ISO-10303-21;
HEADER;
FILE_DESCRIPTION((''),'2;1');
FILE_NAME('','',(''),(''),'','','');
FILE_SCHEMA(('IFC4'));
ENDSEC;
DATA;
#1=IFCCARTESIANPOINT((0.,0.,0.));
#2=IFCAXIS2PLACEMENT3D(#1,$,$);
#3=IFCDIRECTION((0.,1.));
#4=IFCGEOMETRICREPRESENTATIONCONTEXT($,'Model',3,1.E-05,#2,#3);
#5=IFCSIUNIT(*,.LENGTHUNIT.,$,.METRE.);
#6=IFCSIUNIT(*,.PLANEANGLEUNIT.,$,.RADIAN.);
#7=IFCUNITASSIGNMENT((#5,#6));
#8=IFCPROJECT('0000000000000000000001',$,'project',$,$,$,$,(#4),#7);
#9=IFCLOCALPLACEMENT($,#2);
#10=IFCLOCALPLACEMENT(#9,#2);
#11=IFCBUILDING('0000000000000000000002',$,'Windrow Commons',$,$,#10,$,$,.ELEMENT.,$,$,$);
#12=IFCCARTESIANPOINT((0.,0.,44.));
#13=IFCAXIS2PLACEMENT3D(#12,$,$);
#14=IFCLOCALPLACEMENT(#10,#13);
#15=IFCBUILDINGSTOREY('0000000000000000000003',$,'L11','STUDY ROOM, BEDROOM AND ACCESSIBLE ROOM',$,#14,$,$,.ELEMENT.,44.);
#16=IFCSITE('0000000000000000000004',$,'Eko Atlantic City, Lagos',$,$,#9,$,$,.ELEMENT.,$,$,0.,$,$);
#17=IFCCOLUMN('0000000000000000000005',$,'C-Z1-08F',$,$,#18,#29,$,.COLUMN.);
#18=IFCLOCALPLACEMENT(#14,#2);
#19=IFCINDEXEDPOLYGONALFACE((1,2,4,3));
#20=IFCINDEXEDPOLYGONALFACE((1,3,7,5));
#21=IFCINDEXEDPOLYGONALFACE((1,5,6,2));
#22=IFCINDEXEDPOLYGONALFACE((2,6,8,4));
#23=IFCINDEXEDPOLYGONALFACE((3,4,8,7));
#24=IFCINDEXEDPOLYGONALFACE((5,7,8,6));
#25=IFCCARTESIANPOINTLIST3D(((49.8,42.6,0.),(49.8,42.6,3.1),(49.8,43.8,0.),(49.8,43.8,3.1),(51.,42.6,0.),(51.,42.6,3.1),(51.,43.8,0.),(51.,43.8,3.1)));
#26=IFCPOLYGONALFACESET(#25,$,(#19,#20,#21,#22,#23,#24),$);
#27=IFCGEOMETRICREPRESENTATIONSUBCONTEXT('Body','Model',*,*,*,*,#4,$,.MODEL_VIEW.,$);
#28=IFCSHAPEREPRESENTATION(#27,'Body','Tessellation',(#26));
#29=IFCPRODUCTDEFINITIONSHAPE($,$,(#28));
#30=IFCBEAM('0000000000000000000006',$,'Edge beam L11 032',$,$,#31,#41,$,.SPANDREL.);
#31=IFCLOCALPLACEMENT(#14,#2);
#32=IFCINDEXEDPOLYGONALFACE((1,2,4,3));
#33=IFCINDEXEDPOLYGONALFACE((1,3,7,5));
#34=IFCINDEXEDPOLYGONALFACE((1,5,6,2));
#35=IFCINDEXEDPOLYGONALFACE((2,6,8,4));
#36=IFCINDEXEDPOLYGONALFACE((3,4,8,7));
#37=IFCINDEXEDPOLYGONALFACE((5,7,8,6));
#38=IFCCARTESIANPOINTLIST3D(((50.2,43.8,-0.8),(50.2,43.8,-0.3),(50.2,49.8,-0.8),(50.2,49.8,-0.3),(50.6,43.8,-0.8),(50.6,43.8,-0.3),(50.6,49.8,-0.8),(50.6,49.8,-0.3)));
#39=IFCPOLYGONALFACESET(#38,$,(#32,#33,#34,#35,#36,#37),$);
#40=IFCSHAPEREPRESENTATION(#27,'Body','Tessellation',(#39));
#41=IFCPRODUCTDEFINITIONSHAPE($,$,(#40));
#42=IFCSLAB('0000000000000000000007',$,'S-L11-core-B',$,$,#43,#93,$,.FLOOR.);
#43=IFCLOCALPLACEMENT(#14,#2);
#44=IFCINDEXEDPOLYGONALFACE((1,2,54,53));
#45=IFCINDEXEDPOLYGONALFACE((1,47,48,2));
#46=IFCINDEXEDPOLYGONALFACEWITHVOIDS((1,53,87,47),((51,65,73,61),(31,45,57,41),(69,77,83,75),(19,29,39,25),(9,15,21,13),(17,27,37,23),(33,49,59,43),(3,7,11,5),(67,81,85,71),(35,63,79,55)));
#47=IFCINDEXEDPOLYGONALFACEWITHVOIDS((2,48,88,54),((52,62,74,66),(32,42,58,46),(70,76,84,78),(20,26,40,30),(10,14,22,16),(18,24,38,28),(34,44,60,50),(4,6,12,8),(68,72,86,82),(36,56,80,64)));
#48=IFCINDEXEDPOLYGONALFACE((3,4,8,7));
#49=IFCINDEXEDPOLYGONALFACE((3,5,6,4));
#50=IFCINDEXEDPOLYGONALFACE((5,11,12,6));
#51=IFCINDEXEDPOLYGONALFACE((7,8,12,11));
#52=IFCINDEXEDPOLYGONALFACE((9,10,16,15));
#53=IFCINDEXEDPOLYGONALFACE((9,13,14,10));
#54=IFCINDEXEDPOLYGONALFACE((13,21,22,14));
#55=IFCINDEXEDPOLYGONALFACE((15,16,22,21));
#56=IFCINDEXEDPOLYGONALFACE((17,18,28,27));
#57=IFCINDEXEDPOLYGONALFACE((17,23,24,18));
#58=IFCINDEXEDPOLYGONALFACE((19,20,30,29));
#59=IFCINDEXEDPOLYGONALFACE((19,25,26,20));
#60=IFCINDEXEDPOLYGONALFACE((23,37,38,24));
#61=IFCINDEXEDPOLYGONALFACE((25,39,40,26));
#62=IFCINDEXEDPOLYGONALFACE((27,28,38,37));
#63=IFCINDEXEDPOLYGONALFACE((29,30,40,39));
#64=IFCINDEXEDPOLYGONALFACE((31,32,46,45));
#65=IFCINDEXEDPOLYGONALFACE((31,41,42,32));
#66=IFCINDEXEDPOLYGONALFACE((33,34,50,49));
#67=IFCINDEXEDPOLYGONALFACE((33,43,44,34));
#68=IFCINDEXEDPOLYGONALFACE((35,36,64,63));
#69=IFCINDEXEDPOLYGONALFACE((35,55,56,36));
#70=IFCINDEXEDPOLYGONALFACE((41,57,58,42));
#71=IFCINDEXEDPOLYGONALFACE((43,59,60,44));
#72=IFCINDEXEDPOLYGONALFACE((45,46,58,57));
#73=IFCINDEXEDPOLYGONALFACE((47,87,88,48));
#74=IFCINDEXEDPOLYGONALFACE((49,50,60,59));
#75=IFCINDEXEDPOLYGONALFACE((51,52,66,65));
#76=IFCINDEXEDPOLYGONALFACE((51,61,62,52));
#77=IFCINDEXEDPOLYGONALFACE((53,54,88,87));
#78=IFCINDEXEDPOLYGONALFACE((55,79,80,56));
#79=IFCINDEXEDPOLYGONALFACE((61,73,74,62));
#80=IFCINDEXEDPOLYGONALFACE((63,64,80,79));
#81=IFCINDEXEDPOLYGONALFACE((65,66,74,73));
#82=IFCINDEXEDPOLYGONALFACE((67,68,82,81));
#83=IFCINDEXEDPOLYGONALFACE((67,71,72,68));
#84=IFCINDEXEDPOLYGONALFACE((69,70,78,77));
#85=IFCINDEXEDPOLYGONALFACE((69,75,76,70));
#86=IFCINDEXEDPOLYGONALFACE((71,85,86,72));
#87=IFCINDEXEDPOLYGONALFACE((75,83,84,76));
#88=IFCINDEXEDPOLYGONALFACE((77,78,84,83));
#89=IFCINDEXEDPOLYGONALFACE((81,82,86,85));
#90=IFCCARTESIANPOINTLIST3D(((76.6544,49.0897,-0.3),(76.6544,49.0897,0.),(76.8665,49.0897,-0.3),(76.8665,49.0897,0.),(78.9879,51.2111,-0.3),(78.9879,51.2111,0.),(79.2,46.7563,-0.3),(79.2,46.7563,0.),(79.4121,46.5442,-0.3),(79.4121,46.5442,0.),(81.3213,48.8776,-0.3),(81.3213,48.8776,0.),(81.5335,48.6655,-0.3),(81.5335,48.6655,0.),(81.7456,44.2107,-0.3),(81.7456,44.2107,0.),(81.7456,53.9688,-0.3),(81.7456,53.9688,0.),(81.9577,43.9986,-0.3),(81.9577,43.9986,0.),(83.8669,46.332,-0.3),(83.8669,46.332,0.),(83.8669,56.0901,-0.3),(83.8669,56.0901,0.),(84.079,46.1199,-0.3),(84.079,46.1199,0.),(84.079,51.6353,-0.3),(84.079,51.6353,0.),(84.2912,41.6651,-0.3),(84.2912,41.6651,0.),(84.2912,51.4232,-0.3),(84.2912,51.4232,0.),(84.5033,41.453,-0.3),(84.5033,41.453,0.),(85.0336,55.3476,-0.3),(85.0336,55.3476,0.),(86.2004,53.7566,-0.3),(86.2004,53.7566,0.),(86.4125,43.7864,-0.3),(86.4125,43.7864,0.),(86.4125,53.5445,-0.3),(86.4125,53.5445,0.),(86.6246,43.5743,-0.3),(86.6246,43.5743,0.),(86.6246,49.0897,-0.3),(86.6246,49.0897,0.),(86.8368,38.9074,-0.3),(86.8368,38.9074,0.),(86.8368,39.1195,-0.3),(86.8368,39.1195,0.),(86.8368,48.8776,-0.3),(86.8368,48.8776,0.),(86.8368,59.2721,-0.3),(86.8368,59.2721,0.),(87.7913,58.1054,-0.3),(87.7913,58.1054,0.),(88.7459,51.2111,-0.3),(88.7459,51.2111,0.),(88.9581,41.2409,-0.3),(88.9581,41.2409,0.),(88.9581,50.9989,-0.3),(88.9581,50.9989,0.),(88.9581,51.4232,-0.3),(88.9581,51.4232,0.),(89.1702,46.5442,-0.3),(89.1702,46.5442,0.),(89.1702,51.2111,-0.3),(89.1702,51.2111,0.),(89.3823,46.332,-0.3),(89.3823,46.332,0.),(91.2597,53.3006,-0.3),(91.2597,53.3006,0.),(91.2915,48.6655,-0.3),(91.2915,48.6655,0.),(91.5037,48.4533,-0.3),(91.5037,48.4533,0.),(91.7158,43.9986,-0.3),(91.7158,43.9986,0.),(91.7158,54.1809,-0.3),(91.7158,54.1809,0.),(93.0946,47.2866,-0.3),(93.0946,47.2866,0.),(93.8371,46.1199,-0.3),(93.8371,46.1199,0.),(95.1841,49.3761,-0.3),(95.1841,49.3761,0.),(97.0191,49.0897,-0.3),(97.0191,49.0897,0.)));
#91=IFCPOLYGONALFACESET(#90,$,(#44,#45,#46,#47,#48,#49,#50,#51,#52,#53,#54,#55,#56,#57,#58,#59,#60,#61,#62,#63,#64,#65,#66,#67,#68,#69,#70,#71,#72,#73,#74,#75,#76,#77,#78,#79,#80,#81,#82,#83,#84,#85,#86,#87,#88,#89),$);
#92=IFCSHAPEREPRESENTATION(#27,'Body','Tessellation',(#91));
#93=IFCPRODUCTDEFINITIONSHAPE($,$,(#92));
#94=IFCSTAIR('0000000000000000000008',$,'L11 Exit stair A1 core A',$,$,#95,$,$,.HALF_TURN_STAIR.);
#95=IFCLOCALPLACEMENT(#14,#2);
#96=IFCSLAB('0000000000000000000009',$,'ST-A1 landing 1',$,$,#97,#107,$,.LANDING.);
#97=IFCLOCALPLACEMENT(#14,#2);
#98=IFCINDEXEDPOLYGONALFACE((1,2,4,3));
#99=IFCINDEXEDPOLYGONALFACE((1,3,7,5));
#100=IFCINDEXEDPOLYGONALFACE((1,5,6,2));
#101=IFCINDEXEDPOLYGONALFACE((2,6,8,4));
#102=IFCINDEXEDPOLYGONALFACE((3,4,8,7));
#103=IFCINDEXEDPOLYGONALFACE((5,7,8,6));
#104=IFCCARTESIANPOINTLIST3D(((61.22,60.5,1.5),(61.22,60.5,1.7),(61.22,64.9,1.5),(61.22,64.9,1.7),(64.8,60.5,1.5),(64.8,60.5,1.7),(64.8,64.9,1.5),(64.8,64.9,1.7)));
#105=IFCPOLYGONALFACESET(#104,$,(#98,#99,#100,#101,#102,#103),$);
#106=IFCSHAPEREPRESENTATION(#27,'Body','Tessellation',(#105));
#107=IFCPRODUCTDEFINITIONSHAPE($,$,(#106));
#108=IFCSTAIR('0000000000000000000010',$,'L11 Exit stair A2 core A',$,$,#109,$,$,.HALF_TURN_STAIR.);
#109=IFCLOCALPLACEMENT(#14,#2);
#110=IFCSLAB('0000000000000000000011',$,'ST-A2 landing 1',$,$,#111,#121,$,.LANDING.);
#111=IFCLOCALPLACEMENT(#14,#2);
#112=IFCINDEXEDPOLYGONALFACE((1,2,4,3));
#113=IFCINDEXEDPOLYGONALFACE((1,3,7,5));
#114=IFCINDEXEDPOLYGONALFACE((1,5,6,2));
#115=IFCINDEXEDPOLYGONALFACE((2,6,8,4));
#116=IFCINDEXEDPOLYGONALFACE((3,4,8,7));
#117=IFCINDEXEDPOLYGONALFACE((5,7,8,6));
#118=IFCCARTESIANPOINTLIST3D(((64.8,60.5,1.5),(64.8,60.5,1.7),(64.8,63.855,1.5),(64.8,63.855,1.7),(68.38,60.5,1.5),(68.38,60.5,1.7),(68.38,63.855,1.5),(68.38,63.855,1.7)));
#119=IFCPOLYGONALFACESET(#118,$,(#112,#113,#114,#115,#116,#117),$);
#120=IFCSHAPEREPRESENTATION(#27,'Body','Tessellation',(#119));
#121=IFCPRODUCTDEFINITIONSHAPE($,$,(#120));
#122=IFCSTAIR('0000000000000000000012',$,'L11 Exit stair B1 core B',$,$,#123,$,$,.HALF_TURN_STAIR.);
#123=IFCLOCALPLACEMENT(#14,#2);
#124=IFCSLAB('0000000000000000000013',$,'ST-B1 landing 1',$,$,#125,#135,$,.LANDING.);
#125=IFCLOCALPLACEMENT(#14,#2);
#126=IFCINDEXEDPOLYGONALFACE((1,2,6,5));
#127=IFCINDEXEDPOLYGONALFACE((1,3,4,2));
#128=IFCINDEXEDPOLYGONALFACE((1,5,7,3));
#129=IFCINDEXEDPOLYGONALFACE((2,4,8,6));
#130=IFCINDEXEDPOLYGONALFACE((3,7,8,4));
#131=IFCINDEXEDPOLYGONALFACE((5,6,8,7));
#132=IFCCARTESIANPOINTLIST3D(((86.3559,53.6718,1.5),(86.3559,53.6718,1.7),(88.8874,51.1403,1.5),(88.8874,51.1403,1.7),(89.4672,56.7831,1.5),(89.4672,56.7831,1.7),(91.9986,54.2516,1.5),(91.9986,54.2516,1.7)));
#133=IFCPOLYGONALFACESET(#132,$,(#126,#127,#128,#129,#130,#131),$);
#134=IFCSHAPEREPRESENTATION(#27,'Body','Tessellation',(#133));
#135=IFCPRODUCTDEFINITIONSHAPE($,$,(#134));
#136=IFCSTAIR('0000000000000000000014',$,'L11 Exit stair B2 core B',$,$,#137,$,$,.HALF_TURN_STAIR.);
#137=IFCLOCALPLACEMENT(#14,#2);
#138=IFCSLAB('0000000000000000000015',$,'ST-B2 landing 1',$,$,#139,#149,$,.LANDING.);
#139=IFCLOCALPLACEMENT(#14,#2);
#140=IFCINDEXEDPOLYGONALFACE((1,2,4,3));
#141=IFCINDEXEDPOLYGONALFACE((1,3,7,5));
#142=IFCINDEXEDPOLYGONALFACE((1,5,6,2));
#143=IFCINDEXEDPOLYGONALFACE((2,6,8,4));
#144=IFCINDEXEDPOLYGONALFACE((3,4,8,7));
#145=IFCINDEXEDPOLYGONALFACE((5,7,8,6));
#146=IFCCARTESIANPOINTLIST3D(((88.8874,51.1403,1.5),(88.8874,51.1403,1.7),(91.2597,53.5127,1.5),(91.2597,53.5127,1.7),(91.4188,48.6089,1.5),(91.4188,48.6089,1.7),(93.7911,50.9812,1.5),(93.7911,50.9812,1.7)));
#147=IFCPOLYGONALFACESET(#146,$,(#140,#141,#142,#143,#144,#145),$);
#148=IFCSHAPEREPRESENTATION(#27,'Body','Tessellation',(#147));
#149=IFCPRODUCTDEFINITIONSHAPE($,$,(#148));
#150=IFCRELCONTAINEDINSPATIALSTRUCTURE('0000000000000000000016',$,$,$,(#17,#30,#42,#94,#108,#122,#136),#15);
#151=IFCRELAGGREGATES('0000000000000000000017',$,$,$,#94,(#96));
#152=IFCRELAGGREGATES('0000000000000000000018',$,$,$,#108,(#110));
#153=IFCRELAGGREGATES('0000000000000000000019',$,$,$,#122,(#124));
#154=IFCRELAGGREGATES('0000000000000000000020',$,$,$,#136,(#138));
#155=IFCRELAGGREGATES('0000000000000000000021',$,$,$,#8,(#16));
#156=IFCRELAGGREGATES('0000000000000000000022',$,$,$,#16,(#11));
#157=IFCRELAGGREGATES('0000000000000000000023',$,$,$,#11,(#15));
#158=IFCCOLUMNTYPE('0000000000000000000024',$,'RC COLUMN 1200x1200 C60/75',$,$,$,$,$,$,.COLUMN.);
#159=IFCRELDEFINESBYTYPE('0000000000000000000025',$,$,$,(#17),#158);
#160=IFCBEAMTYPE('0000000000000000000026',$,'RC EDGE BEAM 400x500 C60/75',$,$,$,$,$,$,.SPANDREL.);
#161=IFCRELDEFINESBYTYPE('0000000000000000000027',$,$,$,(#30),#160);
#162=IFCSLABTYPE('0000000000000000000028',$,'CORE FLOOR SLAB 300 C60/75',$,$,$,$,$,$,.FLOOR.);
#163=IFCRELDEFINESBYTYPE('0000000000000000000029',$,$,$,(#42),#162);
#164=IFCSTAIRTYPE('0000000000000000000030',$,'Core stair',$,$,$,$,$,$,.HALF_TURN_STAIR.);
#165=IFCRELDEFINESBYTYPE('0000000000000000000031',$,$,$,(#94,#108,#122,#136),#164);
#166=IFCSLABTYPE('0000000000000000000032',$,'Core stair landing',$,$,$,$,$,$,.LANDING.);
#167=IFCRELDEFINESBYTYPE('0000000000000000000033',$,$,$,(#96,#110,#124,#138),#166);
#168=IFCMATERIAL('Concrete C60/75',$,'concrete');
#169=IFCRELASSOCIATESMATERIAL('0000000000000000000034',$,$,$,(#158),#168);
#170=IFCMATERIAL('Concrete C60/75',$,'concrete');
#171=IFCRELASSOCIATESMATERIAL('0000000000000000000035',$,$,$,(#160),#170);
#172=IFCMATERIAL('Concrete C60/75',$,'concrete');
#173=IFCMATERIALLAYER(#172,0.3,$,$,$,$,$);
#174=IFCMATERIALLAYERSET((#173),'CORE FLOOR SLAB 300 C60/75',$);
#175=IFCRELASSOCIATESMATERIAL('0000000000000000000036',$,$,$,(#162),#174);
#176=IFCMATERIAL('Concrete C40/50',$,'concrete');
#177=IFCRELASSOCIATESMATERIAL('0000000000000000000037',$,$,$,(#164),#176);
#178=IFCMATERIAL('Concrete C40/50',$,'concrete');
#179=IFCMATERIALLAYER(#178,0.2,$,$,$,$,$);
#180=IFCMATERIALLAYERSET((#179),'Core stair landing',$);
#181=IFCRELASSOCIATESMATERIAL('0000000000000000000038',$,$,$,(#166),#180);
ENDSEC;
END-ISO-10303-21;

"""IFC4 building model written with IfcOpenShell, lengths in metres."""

from ifc_helpers import new_model, si_unit, direction, frame, origin, origin_2d, place, context, subcontext, project, spatial, polyline, rectangle, outline, extrude, material, layer, layer_set, material_profile, profile_set, type_object, element, aggregate, save


model = new_model("IFC4")

# Units and contexts
model_context = context("Model", 3, precision=1e-05, world=origin(), true_north=direction((0.0, 1.0)))
body_context = subcontext(model_context, "Body", "Model", "MODEL_VIEW")
ifc_project = project(units=[si_unit("LENGTHUNIT", "METRE"), si_unit("PLANEANGLEUNIT", "RADIAN")], contexts=[model_context])

# Site, building, storey
site_placement = place(None, origin())
site = spatial("IfcSite", under=ifc_project, at=site_placement, Name="Eko Atlantic City, Lagos", CompositionType="ELEMENT", RefElevation=0.0)
building_placement = place(site_placement, origin())
building = spatial("IfcBuilding", under=site, at=building_placement, Name="Windrow Commons", CompositionType="ELEMENT")
storey_placement = place(building_placement, frame((0.0, 0.0, 44.0)))
storey = spatial("IfcBuildingStorey", under=building, at=storey_placement, Name="L11", Description="STUDY ROOM, BEDROOM AND ACCESSIBLE ROOM", CompositionType="ELEMENT", Elevation=44.0)

# Column
ifc_material_1 = material(Name="Concrete C60/75", Category="concrete")
ifc_material_profile_1 = material_profile(ifc_material_1, rectangle(XDim=1.2, YDim=1.2, at=origin_2d()))
ifc_profile_set_1 = profile_set([ifc_material_profile_1], Name="Concrete C60/75")
column_type = type_object("IfcColumnType", Name="RC COLUMN 1200x1200 C60/75", PredefinedType="COLUMN", material=ifc_profile_set_1)
column_placement = place(storey_placement, frame((50.4, 43.2, 0.0), z_axis=(0.0, 0.0, 1.0), x_axis=(1.0, 0.0, 0.0)))
element("IfcColumn", 1, at=column_placement, inside=storey, type_object=column_type, Name="C-Z1-08F", PredefinedType="COLUMN", context=body_context, shape_type="SweptSolid", body=[
    extrude(rectangle(XDim=1.2, YDim=1.2, at=origin_2d()), origin(), (0.0, 0.0, 1.0), 3.1),
])

# Beam
ifc_material_2 = material(Name="Concrete C60/75", Category="concrete")
ifc_material_profile_2 = material_profile(ifc_material_2, rectangle(XDim=0.4, YDim=0.5, at=origin_2d()))
ifc_profile_set_2 = profile_set([ifc_material_profile_2], Name="Concrete C60/75")
beam_type = type_object("IfcBeamType", Name="RC EDGE BEAM 400x500 C60/75", PredefinedType="SPANDREL", material=ifc_profile_set_2)
beam_placement = place(storey_placement, frame((50.4, 43.8, -0.55), z_axis=(0.0, 1.0, 0.0), x_axis=(-1.0, 0.0, 0.0)))
element("IfcBeam", 2, at=beam_placement, inside=storey, type_object=beam_type, Name="Edge beam L11 032", PredefinedType="SPANDREL", context=body_context, shape_type="SweptSolid", body=[
    extrude(rectangle(XDim=0.4, YDim=0.5, at=origin_2d()), origin(), (0.0, 0.0, 1.0), 6.0),
])

# Slab, openings
ifc_material_3 = material(Name="Concrete C60/75", Category="concrete")
ifc_layer_1 = layer(ifc_material_3, 0.3)
ifc_layer_set_1 = layer_set([ifc_layer_1], Name="CORE FLOOR SLAB 300 C60/75")
slab_type_1 = type_object("IfcSlabType", Name="CORE FLOOR SLAB 300 C60/75", PredefinedType="FLOOR", material=ifc_layer_set_1)
placement_1 = place(storey_placement, frame((0.0, 0.0, -0.3)))
slab_1 = element("IfcSlab", 3, at=placement_1, inside=storey, type_object=slab_type_1, Name="S-L11-core-B", PredefinedType="FLOOR", context=body_context, shape_type="SweptSolid", body=[
    extrude(outline(polyline([(76.6544, 49.0897), (86.8368, 38.9074), (97.0191, 49.0897), (86.8368, 59.2721), (76.6544, 49.0897)]), holes=[polyline([(76.8665, 49.0897), (79.2, 46.7563), (81.3213, 48.8776), (78.9879, 51.2111), (76.8665, 49.0897)]), polyline([(79.4121, 46.5442), (81.7456, 44.2107), (83.8669, 46.332), (81.5335, 48.6655), (79.4121, 46.5442)]), polyline([(81.9577, 43.9986), (84.2912, 41.6651), (86.4125, 43.7864), (84.079, 46.1199), (81.9577, 43.9986)]), polyline([(84.5033, 41.453), (86.8368, 39.1195), (88.9581, 41.2409), (86.6246, 43.5743), (84.5033, 41.453)]), polyline([(81.7456, 53.9688), (84.079, 51.6353), (86.2004, 53.7566), (83.8669, 56.0901), (81.7456, 53.9688)]), polyline([(84.2912, 51.4232), (86.6246, 49.0897), (88.7459, 51.2111), (86.4125, 53.5445), (84.2912, 51.4232)]), polyline([(86.8368, 48.8776), (89.1702, 46.5442), (91.2915, 48.6655), (88.9581, 50.9989), (86.8368, 48.8776)]), polyline([(89.3823, 46.332), (91.7158, 43.9986), (93.8371, 46.1199), (91.5037, 48.4533), (89.3823, 46.332)]), polyline([(85.0336, 55.3476), (88.9581, 51.4232), (91.7158, 54.1809), (87.7913, 58.1054), (85.0336, 55.3476)]), polyline([(89.1702, 51.2111), (93.0946, 47.2866), (95.1841, 49.3761), (91.2597, 53.3006), (89.1702, 51.2111)])]), origin(), (0.0, 0.0, 1.0), 0.3),
])
opening_1_placement = place(placement_1, origin())
element("IfcOpeningElement", 4, at=opening_1_placement, cuts=slab_1, PredefinedType="OPENING", context=body_context, shape_type="SweptSolid", body=[
    extrude(outline(polyline([(76.8736, 49.0897), (78.9879, 51.204), (81.3142, 48.8776), (79.2, 46.7634), (76.8736, 49.0897)])), origin(), (0.0, 0.0, 1.0), 0.3),
])
opening_2_placement = place(placement_1, origin())
element("IfcOpeningElement", 5, at=opening_2_placement, cuts=slab_1, PredefinedType="OPENING", context=body_context, shape_type="SweptSolid", body=[
    extrude(outline(polyline([(79.4192, 46.5442), (81.5335, 48.6584), (83.8598, 46.332), (81.7456, 44.2178), (79.4192, 46.5442)])), origin(), (0.0, 0.0, 1.0), 0.3),
])
opening_3_placement = place(placement_1, origin())
element("IfcOpeningElement", 6, at=opening_3_placement, cuts=slab_1, PredefinedType="OPENING", context=body_context, shape_type="SweptSolid", body=[
    extrude(outline(polyline([(81.9648, 43.9986), (84.079, 46.1128), (86.4054, 43.7864), (84.2912, 41.6722), (81.9648, 43.9986)])), origin(), (0.0, 0.0, 1.0), 0.3),
])
opening_4_placement = place(placement_1, origin())
element("IfcOpeningElement", 7, at=opening_4_placement, cuts=slab_1, PredefinedType="OPENING", context=body_context, shape_type="SweptSolid", body=[
    extrude(outline(polyline([(84.5104, 41.453), (86.6246, 43.5672), (88.951, 41.2409), (86.8368, 39.1266), (84.5104, 41.453)])), origin(), (0.0, 0.0, 1.0), 0.3),
])
opening_5_placement = place(placement_1, origin())
element("IfcOpeningElement", 8, at=opening_5_placement, cuts=slab_1, PredefinedType="OPENING", context=body_context, shape_type="SweptSolid", body=[
    extrude(outline(polyline([(81.7527, 53.9688), (83.8669, 56.083), (86.1933, 53.7566), (84.079, 51.6424), (81.7527, 53.9688)])), origin(), (0.0, 0.0, 1.0), 0.3),
])
opening_6_placement = place(placement_1, origin())
element("IfcOpeningElement", 9, at=opening_6_placement, cuts=slab_1, PredefinedType="OPENING", context=body_context, shape_type="SweptSolid", body=[
    extrude(outline(polyline([(84.2983, 51.4232), (86.4125, 53.5374), (88.7388, 51.2111), (86.6246, 49.0968), (84.2983, 51.4232)])), origin(), (0.0, 0.0, 1.0), 0.3),
])
opening_7_placement = place(placement_1, origin())
element("IfcOpeningElement", 10, at=opening_7_placement, cuts=slab_1, PredefinedType="OPENING", context=body_context, shape_type="SweptSolid", body=[
    extrude(outline(polyline([(86.8439, 48.8776), (88.9581, 50.9918), (91.2844, 48.6655), (89.1702, 46.5513), (86.8439, 48.8776)])), origin(), (0.0, 0.0, 1.0), 0.3),
])
opening_8_placement = place(placement_1, origin())
element("IfcOpeningElement", 11, at=opening_8_placement, cuts=slab_1, PredefinedType="OPENING", context=body_context, shape_type="SweptSolid", body=[
    extrude(outline(polyline([(89.3894, 46.332), (91.5037, 48.4462), (93.83, 46.1199), (91.7158, 44.0057), (89.3894, 46.332)])), origin(), (0.0, 0.0, 1.0), 0.3),
])
opening_9_placement = place(placement_1, origin())
element("IfcOpeningElement", 12, at=opening_9_placement, cuts=slab_1, PredefinedType="OPENING", context=body_context, shape_type="SweptSolid", body=[
    extrude(outline(polyline([(85.0407, 55.3476), (87.7913, 58.0983), (91.7087, 54.1809), (88.9581, 51.4303), (85.0407, 55.3476)])), origin(), (0.0, 0.0, 1.0), 0.3),
])
opening_10_placement = place(placement_1, origin())
element("IfcOpeningElement", 13, at=opening_10_placement, cuts=slab_1, PredefinedType="OPENING", context=body_context, shape_type="SweptSolid", body=[
    extrude(outline(polyline([(89.1773, 51.2111), (91.2597, 53.2935), (95.177, 49.3761), (93.0946, 47.2937), (89.1773, 51.2111)])), origin(), (0.0, 0.0, 1.0), 0.3),
])

# Stairs, slabs
ifc_material_4 = material(Name="Concrete C40/50", Category="concrete")
stair_type = type_object("IfcStairType", Name="Core stair", PredefinedType="HALF_TURN_STAIR", material=ifc_material_4)
placement_2 = place(storey_placement, origin())
stair_1 = element("IfcStair", 14, at=placement_2, inside=storey, type_object=stair_type, Name="L11 Exit stair A1 core A", PredefinedType="HALF_TURN_STAIR")
ifc_material_5 = material(Name="Concrete C40/50", Category="concrete")
ifc_layer_2 = layer(ifc_material_5, 0.2)
ifc_layer_set_2 = layer_set([ifc_layer_2], Name="Core stair landing")
slab_type_2 = type_object("IfcSlabType", Name="Core stair landing", PredefinedType="LANDING", material=ifc_layer_set_2)
placement_3 = place(storey_placement, frame((0.0, 0.0, 1.5)))
slab_2 = element("IfcSlab", 15, at=placement_3, type_object=slab_type_2, Name="ST-A1 landing 1", PredefinedType="LANDING", context=body_context, shape_type="SweptSolid", body=[
    extrude(outline(polyline([(61.22, 60.5), (64.8, 60.5), (64.8, 64.9), (61.22, 64.9), (61.22, 60.5)])), origin(), (0.0, 0.0, 1.0), 0.2),
])
aggregate(stair_1, [slab_2])
stair_2 = element("IfcStair", 16, at=placement_2, inside=storey, type_object=stair_type, Name="L11 Exit stair A2 core A", PredefinedType="HALF_TURN_STAIR")
slab_3 = element("IfcSlab", 17, at=placement_3, type_object=slab_type_2, Name="ST-A2 landing 1", PredefinedType="LANDING", context=body_context, shape_type="SweptSolid", body=[
    extrude(outline(polyline([(64.8, 60.5), (68.38, 60.5), (68.38, 63.855), (64.8, 63.855), (64.8, 60.5)])), origin(), (0.0, 0.0, 1.0), 0.2),
])
aggregate(stair_2, [slab_3])
stair_3 = element("IfcStair", 18, at=placement_2, inside=storey, type_object=stair_type, Name="L11 Exit stair B1 core B", PredefinedType="HALF_TURN_STAIR")
slab_4 = element("IfcSlab", 19, at=placement_3, type_object=slab_type_2, Name="ST-B1 landing 1", PredefinedType="LANDING", context=body_context, shape_type="SweptSolid", body=[
    extrude(outline(polyline([(86.3559, 53.6718), (88.8874, 51.1403), (91.9986, 54.2516), (89.4672, 56.7831), (86.3559, 53.6718)])), origin(), (0.0, 0.0, 1.0), 0.2),
])
aggregate(stair_3, [slab_4])
stair_4 = element("IfcStair", 20, at=placement_2, inside=storey, type_object=stair_type, Name="L11 Exit stair B2 core B", PredefinedType="HALF_TURN_STAIR")
slab_5 = element("IfcSlab", 21, at=placement_3, type_object=slab_type_2, Name="ST-B2 landing 1", PredefinedType="LANDING", context=body_context, shape_type="SweptSolid", body=[
    extrude(outline(polyline([(88.8874, 51.1403), (91.4188, 48.6089), (93.7911, 50.9812), (91.2597, 53.5127), (88.8874, 51.1403)])), origin(), (0.0, 0.0, 1.0), 0.2),
])
aggregate(stair_4, [slab_5])

save(model, "model.ifc")
